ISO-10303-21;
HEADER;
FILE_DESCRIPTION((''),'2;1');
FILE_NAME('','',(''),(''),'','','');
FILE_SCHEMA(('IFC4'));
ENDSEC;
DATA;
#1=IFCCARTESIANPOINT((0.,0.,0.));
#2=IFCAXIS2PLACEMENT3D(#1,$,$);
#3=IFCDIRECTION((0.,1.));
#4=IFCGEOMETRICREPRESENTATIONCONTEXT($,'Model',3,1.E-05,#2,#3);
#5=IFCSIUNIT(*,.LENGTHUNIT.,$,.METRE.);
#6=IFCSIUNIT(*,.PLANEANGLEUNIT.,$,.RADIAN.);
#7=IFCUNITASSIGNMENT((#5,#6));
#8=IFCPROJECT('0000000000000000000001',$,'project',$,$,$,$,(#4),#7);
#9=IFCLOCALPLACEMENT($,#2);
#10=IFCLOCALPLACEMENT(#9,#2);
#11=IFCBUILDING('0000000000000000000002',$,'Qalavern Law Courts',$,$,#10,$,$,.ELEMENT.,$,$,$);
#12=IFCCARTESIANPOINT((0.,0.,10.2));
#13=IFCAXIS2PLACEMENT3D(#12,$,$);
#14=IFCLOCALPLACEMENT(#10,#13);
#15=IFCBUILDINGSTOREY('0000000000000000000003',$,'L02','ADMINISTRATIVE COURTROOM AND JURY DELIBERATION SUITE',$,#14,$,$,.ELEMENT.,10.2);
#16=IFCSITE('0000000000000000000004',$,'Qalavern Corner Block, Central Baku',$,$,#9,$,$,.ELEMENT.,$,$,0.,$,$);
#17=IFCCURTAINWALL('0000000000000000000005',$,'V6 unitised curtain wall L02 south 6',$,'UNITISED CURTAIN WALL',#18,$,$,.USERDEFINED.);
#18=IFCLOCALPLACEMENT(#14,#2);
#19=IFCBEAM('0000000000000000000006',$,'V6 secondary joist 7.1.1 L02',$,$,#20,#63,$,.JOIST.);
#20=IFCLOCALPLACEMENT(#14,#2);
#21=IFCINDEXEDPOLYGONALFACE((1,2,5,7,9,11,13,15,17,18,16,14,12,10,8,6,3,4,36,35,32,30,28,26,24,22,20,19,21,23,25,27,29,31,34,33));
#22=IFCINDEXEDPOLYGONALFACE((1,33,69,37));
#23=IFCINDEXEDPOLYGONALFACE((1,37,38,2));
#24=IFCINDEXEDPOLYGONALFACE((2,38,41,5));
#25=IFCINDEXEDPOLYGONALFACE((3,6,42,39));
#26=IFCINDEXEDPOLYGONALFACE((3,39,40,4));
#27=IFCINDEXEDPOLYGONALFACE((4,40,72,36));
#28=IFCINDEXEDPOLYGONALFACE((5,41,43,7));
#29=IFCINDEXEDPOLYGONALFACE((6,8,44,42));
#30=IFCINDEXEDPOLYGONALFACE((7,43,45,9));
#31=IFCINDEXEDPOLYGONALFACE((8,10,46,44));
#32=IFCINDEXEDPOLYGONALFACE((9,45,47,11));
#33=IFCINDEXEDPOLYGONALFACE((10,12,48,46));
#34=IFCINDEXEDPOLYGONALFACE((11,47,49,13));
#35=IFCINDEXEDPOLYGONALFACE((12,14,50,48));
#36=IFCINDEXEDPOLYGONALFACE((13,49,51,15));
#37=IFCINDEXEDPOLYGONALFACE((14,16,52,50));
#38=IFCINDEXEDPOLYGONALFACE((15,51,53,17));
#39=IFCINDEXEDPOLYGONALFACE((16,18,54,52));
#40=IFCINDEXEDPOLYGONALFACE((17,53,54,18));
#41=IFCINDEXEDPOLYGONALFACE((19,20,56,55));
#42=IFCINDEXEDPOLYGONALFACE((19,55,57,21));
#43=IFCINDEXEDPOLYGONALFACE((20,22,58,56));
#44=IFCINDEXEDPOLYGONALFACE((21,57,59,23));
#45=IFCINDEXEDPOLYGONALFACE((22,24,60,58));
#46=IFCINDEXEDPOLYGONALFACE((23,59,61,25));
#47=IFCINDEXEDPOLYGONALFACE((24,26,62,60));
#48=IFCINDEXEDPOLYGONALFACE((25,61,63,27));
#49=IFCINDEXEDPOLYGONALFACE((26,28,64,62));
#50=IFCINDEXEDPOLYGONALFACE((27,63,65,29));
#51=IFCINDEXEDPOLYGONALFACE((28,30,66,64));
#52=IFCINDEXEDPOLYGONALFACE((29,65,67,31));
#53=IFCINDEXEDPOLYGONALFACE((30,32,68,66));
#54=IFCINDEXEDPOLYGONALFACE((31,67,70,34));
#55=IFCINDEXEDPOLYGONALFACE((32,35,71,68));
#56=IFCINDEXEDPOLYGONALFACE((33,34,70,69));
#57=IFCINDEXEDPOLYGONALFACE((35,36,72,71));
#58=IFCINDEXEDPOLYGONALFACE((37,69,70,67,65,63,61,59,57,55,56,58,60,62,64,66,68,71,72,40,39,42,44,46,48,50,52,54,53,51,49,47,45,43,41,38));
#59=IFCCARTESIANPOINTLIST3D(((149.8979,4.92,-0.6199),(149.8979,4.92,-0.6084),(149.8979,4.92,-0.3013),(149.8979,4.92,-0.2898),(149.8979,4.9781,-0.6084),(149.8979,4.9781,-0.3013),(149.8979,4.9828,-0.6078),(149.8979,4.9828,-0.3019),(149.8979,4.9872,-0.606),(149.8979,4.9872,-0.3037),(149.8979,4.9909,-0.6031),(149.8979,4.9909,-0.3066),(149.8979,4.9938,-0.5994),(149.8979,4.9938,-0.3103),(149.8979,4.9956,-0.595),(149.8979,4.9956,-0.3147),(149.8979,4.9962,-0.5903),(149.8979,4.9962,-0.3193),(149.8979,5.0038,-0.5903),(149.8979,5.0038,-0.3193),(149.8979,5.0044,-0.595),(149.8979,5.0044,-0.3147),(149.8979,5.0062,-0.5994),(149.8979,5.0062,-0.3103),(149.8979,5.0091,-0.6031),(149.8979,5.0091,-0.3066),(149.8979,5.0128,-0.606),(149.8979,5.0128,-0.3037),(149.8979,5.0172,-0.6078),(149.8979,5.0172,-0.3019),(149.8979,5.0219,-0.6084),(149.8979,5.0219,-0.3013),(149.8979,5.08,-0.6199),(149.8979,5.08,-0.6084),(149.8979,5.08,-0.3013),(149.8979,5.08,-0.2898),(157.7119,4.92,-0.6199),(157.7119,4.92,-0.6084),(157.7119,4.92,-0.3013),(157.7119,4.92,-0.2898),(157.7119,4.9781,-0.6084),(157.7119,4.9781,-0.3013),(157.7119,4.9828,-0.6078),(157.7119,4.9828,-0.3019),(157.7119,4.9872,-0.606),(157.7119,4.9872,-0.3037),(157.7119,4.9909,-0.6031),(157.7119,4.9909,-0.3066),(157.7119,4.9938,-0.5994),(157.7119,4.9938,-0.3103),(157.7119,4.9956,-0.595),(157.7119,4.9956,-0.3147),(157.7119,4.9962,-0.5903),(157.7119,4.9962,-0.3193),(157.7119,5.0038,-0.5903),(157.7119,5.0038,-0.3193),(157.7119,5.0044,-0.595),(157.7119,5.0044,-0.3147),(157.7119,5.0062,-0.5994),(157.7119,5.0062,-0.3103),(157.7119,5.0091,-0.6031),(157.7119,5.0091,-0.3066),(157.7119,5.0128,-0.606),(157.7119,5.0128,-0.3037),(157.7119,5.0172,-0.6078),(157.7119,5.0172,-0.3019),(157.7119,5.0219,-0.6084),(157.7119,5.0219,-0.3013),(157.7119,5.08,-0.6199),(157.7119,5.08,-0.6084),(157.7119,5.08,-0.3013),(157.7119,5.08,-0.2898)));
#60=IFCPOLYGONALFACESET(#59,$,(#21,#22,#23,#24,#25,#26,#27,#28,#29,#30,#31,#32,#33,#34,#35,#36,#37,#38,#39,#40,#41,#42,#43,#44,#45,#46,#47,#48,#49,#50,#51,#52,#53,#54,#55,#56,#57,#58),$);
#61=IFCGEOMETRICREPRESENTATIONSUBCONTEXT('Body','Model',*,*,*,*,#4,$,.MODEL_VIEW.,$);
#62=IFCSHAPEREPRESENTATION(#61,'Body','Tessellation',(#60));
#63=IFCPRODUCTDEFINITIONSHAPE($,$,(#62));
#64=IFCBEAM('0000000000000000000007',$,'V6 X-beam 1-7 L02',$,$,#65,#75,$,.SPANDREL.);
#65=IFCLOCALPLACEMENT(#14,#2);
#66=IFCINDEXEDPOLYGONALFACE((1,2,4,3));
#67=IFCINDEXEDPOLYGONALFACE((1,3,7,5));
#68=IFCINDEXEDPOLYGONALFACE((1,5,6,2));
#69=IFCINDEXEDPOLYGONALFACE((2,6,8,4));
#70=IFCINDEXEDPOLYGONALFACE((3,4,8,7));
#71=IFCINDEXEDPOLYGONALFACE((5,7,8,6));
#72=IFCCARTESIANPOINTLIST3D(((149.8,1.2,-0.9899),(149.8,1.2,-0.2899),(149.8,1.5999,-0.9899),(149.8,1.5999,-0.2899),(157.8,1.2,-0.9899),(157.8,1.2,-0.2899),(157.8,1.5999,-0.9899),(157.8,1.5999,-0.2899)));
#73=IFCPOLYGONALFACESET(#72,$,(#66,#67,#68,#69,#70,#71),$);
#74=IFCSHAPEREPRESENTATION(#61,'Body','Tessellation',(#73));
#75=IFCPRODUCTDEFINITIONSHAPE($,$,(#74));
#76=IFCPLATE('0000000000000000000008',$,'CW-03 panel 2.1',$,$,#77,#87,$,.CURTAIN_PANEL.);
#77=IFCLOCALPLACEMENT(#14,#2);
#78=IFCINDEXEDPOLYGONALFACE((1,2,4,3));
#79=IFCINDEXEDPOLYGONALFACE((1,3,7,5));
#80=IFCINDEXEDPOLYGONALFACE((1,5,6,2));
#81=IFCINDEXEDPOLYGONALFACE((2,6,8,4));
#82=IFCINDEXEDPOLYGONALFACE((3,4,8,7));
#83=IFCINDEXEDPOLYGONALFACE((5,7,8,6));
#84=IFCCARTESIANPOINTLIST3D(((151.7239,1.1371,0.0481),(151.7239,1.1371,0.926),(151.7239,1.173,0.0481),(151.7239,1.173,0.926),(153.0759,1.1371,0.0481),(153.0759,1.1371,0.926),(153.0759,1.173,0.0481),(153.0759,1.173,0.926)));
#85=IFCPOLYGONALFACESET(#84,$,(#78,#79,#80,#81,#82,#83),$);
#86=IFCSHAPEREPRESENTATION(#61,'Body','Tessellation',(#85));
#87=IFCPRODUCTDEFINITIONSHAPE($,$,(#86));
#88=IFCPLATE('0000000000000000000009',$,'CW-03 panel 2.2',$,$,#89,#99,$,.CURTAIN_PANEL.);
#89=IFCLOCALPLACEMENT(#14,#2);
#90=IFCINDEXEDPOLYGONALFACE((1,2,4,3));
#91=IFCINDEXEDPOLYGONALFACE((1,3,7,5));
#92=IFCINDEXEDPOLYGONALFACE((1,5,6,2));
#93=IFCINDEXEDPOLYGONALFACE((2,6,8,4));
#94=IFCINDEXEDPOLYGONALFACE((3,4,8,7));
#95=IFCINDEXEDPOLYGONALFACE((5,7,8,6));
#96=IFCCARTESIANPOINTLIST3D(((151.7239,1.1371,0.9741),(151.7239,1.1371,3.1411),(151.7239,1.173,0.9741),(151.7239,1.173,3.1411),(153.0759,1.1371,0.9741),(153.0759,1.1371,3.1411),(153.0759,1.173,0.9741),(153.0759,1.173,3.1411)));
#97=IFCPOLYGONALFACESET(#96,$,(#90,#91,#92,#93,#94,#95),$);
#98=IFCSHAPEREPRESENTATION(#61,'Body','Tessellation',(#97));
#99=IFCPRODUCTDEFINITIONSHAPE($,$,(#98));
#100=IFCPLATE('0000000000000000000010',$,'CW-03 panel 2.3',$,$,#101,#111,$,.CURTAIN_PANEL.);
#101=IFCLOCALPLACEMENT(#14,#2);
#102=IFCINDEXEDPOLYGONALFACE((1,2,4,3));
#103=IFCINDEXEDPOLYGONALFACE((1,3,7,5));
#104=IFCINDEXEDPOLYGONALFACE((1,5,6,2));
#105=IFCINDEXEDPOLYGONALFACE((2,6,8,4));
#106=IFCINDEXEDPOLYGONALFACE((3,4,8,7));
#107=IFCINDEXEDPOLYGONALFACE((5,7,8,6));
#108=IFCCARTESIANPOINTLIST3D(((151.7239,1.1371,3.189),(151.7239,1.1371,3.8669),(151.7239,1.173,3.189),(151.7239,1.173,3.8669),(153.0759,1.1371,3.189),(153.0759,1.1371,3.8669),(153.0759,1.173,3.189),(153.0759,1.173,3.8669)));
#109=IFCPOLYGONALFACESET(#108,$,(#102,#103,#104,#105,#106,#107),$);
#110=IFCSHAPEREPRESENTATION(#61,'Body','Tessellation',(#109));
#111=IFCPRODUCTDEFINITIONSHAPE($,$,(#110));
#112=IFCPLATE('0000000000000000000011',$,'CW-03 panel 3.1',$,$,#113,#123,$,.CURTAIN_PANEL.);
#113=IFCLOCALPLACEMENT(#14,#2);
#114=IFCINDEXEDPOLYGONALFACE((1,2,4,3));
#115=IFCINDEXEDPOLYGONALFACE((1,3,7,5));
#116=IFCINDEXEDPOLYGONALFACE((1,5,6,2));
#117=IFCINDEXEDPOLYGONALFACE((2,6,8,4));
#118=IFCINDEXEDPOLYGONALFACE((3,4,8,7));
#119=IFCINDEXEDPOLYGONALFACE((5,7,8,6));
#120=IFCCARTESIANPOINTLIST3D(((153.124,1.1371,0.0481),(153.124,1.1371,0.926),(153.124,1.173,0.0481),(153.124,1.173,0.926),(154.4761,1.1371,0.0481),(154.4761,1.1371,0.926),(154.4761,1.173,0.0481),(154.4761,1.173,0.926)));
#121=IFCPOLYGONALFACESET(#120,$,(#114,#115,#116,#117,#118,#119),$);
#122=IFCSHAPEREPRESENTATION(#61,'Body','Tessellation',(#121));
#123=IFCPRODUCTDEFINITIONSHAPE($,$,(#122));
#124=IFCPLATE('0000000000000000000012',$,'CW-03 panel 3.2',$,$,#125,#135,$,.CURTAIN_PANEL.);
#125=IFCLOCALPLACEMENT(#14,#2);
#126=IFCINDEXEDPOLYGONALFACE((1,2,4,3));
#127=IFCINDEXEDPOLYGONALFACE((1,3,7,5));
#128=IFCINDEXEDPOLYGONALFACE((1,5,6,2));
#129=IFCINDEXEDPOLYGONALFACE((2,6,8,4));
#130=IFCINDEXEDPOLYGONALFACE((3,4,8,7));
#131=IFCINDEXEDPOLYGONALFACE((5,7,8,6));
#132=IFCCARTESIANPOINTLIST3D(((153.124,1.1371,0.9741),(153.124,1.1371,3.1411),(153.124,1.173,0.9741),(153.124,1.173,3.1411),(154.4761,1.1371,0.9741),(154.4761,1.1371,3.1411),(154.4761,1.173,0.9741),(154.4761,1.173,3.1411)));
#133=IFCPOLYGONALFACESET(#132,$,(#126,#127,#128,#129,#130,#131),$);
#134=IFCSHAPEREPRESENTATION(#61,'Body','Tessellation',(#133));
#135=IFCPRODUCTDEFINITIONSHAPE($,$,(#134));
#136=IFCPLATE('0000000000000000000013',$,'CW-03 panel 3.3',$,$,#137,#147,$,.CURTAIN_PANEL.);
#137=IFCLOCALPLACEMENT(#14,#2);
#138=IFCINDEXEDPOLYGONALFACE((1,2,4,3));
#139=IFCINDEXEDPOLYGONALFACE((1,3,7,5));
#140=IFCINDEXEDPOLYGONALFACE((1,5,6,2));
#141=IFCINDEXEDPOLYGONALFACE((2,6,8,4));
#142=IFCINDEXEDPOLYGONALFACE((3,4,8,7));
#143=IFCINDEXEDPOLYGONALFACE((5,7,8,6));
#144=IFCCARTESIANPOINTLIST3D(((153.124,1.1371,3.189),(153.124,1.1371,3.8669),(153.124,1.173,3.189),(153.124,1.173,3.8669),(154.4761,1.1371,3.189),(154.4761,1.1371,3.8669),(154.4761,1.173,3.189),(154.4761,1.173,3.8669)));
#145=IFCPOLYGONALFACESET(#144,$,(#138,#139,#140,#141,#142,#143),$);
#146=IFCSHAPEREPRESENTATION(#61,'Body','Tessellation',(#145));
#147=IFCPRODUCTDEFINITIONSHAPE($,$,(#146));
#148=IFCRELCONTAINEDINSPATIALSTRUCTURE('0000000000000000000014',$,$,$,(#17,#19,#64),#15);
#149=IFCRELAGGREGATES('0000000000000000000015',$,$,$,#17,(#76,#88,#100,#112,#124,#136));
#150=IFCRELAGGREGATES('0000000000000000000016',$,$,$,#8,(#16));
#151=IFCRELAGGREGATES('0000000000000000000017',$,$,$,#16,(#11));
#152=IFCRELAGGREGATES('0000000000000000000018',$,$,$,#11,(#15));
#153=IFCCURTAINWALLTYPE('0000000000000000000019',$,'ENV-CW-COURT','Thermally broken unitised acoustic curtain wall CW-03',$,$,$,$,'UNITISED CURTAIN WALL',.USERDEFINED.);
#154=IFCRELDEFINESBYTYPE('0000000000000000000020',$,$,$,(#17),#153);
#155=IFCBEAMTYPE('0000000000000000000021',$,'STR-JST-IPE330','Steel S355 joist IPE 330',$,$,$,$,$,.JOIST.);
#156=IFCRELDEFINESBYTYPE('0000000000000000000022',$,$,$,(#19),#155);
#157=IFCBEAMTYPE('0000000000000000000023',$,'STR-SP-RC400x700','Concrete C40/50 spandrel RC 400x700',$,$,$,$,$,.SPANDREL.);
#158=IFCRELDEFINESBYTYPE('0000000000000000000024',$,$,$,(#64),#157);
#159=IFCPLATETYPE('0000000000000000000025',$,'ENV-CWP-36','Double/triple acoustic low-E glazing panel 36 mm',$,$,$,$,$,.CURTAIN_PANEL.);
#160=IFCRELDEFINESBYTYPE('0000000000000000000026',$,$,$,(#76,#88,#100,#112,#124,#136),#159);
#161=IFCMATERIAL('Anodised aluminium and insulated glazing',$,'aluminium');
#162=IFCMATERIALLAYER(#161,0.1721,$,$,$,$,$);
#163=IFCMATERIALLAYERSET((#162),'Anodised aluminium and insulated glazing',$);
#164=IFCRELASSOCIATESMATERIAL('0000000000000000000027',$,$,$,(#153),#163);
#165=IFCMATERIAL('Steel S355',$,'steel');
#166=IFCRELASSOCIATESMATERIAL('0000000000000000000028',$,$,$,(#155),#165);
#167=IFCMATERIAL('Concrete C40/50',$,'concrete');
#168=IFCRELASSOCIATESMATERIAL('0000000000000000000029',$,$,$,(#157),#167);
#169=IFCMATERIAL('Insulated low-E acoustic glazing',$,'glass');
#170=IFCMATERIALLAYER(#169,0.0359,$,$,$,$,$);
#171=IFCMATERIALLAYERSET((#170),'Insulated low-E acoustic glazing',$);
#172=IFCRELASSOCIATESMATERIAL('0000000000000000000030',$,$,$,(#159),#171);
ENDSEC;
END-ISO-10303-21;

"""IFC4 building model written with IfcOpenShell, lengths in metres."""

from ifc_helpers import new_model, si_unit, direction, frame, origin, origin_2d, place, context, subcontext, project, spatial, rectangle, i_section, extrude, material, layer, layer_set, material_profile, profile_set, type_object, element, aggregate, save


model = new_model("IFC4")

# Units and contexts
model_context = context("Model", 3, precision=1e-05, world=origin(), true_north=direction((0.0, 1.0)))
body_context = subcontext(model_context, "Body", "Model", "MODEL_VIEW")
ifc_project = project(units=[si_unit("LENGTHUNIT", "METRE"), si_unit("PLANEANGLEUNIT", "RADIAN")], contexts=[model_context])

# Site, building, storey
site_placement = place(None, origin())
site = spatial("IfcSite", under=ifc_project, at=site_placement, Name="Qalavern Corner Block, Central Baku", CompositionType="ELEMENT", RefElevation=0.0)
building_placement = place(site_placement, origin())
building = spatial("IfcBuilding", under=site, at=building_placement, Name="Qalavern Law Courts", CompositionType="ELEMENT")
storey_placement = place(building_placement, frame((0.0, 0.0, 10.2)))
storey = spatial("IfcBuildingStorey", under=building, at=storey_placement, Name="L02", Description="ADMINISTRATIVE COURTROOM AND JURY DELIBERATION SUITE", CompositionType="ELEMENT", Elevation=10.2)

# Curtain wall
ifc_material_1 = material(Name="Anodised aluminium and insulated glazing", Category="aluminium")
ifc_layer_1 = layer(ifc_material_1, 0.1721)
ifc_layer_set_1 = layer_set([ifc_layer_1], Name="Anodised aluminium and insulated glazing")
curtain_wall_type = type_object("IfcCurtainWallType", Name="ENV-CW-COURT", Description="Thermally broken unitised acoustic curtain wall CW-03", ElementType="UNITISED CURTAIN WALL", PredefinedType="USERDEFINED", material=ifc_layer_set_1)
curtain_wall_placement = place(storey_placement, origin())
curtain_wall = element("IfcCurtainWall", 1, at=curtain_wall_placement, inside=storey, type_object=curtain_wall_type, Name="V6 unitised curtain wall L02 south 6", ObjectType="UNITISED CURTAIN WALL", PredefinedType="USERDEFINED")

# Beams
ifc_material_2 = material(Name="Steel S355", Category="steel")
ifc_material_profile_1 = material_profile(ifc_material_2, i_section(OverallWidth=0.1599, OverallDepth=0.3301, WebThickness=0.0076, FlangeThickness=0.0115, FilletRadius=0.0181, at=origin_2d()), Name="IPE 330")
ifc_profile_set_1 = profile_set([ifc_material_profile_1], Name="Steel S355")
beam_type_1 = type_object("IfcBeamType", Name="STR-JST-IPE330", Description="Steel S355 joist IPE 330", PredefinedType="JOIST", material=ifc_profile_set_1)
beam_1_placement = place(storey_placement, frame((149.8979, 5.0, -0.4548), z_axis=(1.0, 0.0, 0.0), x_axis=(0.0, 1.0, 0.0)))
element("IfcBeam", 2, at=beam_1_placement, inside=storey, type_object=beam_type_1, Name="V6 secondary joist 7.1.1 L02", PredefinedType="JOIST", context=body_context, shape_type="SweptSolid", body=[
    extrude(i_section(OverallWidth=0.1599, OverallDepth=0.3301, WebThickness=0.0076, FlangeThickness=0.0115, FilletRadius=0.0181, at=origin_2d()), origin(), (0.0, 0.0, 1.0), 7.814),
])
ifc_material_3 = material(Name="Concrete C40/50", Category="concrete")
ifc_material_profile_2 = material_profile(ifc_material_3, rectangle(XDim=0.3999, YDim=0.7, at=origin_2d()), Name="RC 400x700")
ifc_profile_set_2 = profile_set([ifc_material_profile_2], Name="Concrete C40/50")
beam_type_2 = type_object("IfcBeamType", Name="STR-SP-RC400x700", Description="Concrete C40/50 spandrel RC 400x700", PredefinedType="SPANDREL", material=ifc_profile_set_2)
beam_2_placement = place(storey_placement, frame((149.8, 1.3999, -0.6399), z_axis=(1.0, 0.0, 0.0), x_axis=(0.0, 1.0, 0.0)))
element("IfcBeam", 3, at=beam_2_placement, inside=storey, type_object=beam_type_2, Name="V6 X-beam 1-7 L02", PredefinedType="SPANDREL", context=body_context, shape_type="SweptSolid", body=[
    extrude(rectangle(XDim=0.3999, YDim=0.7, at=origin_2d()), origin(), (0.0, 0.0, 1.0), 8.0),
])

# Plates
ifc_material_4 = material(Name="Insulated low-E acoustic glazing", Category="glass")
ifc_layer_2 = layer(ifc_material_4, 0.0359)
ifc_layer_set_2 = layer_set([ifc_layer_2], Name="Insulated low-E acoustic glazing")
plate_type = type_object("IfcPlateType", Name="ENV-CWP-36", Description="Double/triple acoustic low-E glazing panel 36 mm", PredefinedType="CURTAIN_PANEL", material=ifc_layer_set_2)
plate_1_placement = place(storey_placement, frame((152.3999, 1.155, 0.0481), z_axis=(0.0, 0.0, 1.0), x_axis=(1.0, 0.0, 0.0)))
plate_1 = element("IfcPlate", 4, at=plate_1_placement, type_object=plate_type, Name="CW-03 panel 2.1", PredefinedType="CURTAIN_PANEL", context=body_context, shape_type="SweptSolid", body=[
    extrude(rectangle(XDim=1.3521, YDim=0.0359, at=origin_2d()), origin(), (0.0, 0.0, 1.0), 0.8779),
])
plate_2_placement = place(storey_placement, frame((152.3999, 1.155, 0.9741), z_axis=(0.0, 0.0, 1.0), x_axis=(1.0, 0.0, 0.0)))
plate_2 = element("IfcPlate", 5, at=plate_2_placement, type_object=plate_type, Name="CW-03 panel 2.2", PredefinedType="CURTAIN_PANEL", context=body_context, shape_type="SweptSolid", body=[
    extrude(rectangle(XDim=1.3521, YDim=0.0359, at=origin_2d()), origin(), (0.0, 0.0, 1.0), 2.167),
])
plate_3_placement = place(storey_placement, frame((152.3999, 1.155, 3.189), z_axis=(0.0, 0.0, 1.0), x_axis=(1.0, 0.0, 0.0)))
plate_3 = element("IfcPlate", 6, at=plate_3_placement, type_object=plate_type, Name="CW-03 panel 2.3", PredefinedType="CURTAIN_PANEL", context=body_context, shape_type="SweptSolid", body=[
    extrude(rectangle(XDim=1.3521, YDim=0.0359, at=origin_2d()), origin(), (0.0, 0.0, 1.0), 0.678),
])
plate_4_placement = place(storey_placement, frame((153.8, 1.155, 0.0481), z_axis=(0.0, 0.0, 1.0), x_axis=(1.0, 0.0, 0.0)))
plate_4 = element("IfcPlate", 7, at=plate_4_placement, type_object=plate_type, Name="CW-03 panel 3.1", PredefinedType="CURTAIN_PANEL", context=body_context, shape_type="SweptSolid", body=[
    extrude(rectangle(XDim=1.3521, YDim=0.0359, at=origin_2d()), origin(), (0.0, 0.0, 1.0), 0.8779),
])
plate_5_placement = place(storey_placement, frame((153.8, 1.155, 0.9741), z_axis=(0.0, 0.0, 1.0), x_axis=(1.0, 0.0, 0.0)))
plate_5 = element("IfcPlate", 8, at=plate_5_placement, type_object=plate_type, Name="CW-03 panel 3.2", PredefinedType="CURTAIN_PANEL", context=body_context, shape_type="SweptSolid", body=[
    extrude(rectangle(XDim=1.3521, YDim=0.0359, at=origin_2d()), origin(), (0.0, 0.0, 1.0), 2.167),
])
plate_6_placement = place(storey_placement, frame((153.8, 1.155, 3.189), z_axis=(0.0, 0.0, 1.0), x_axis=(1.0, 0.0, 0.0)))
plate_6 = element("IfcPlate", 9, at=plate_6_placement, type_object=plate_type, Name="CW-03 panel 3.3", PredefinedType="CURTAIN_PANEL", context=body_context, shape_type="SweptSolid", body=[
    extrude(rectangle(XDim=1.3521, YDim=0.0359, at=origin_2d()), origin(), (0.0, 0.0, 1.0), 0.678),
])
aggregate(curtain_wall, [plate_1, plate_2, plate_3, plate_4, plate_5, plate_6])

save(model, "model.ifc")
